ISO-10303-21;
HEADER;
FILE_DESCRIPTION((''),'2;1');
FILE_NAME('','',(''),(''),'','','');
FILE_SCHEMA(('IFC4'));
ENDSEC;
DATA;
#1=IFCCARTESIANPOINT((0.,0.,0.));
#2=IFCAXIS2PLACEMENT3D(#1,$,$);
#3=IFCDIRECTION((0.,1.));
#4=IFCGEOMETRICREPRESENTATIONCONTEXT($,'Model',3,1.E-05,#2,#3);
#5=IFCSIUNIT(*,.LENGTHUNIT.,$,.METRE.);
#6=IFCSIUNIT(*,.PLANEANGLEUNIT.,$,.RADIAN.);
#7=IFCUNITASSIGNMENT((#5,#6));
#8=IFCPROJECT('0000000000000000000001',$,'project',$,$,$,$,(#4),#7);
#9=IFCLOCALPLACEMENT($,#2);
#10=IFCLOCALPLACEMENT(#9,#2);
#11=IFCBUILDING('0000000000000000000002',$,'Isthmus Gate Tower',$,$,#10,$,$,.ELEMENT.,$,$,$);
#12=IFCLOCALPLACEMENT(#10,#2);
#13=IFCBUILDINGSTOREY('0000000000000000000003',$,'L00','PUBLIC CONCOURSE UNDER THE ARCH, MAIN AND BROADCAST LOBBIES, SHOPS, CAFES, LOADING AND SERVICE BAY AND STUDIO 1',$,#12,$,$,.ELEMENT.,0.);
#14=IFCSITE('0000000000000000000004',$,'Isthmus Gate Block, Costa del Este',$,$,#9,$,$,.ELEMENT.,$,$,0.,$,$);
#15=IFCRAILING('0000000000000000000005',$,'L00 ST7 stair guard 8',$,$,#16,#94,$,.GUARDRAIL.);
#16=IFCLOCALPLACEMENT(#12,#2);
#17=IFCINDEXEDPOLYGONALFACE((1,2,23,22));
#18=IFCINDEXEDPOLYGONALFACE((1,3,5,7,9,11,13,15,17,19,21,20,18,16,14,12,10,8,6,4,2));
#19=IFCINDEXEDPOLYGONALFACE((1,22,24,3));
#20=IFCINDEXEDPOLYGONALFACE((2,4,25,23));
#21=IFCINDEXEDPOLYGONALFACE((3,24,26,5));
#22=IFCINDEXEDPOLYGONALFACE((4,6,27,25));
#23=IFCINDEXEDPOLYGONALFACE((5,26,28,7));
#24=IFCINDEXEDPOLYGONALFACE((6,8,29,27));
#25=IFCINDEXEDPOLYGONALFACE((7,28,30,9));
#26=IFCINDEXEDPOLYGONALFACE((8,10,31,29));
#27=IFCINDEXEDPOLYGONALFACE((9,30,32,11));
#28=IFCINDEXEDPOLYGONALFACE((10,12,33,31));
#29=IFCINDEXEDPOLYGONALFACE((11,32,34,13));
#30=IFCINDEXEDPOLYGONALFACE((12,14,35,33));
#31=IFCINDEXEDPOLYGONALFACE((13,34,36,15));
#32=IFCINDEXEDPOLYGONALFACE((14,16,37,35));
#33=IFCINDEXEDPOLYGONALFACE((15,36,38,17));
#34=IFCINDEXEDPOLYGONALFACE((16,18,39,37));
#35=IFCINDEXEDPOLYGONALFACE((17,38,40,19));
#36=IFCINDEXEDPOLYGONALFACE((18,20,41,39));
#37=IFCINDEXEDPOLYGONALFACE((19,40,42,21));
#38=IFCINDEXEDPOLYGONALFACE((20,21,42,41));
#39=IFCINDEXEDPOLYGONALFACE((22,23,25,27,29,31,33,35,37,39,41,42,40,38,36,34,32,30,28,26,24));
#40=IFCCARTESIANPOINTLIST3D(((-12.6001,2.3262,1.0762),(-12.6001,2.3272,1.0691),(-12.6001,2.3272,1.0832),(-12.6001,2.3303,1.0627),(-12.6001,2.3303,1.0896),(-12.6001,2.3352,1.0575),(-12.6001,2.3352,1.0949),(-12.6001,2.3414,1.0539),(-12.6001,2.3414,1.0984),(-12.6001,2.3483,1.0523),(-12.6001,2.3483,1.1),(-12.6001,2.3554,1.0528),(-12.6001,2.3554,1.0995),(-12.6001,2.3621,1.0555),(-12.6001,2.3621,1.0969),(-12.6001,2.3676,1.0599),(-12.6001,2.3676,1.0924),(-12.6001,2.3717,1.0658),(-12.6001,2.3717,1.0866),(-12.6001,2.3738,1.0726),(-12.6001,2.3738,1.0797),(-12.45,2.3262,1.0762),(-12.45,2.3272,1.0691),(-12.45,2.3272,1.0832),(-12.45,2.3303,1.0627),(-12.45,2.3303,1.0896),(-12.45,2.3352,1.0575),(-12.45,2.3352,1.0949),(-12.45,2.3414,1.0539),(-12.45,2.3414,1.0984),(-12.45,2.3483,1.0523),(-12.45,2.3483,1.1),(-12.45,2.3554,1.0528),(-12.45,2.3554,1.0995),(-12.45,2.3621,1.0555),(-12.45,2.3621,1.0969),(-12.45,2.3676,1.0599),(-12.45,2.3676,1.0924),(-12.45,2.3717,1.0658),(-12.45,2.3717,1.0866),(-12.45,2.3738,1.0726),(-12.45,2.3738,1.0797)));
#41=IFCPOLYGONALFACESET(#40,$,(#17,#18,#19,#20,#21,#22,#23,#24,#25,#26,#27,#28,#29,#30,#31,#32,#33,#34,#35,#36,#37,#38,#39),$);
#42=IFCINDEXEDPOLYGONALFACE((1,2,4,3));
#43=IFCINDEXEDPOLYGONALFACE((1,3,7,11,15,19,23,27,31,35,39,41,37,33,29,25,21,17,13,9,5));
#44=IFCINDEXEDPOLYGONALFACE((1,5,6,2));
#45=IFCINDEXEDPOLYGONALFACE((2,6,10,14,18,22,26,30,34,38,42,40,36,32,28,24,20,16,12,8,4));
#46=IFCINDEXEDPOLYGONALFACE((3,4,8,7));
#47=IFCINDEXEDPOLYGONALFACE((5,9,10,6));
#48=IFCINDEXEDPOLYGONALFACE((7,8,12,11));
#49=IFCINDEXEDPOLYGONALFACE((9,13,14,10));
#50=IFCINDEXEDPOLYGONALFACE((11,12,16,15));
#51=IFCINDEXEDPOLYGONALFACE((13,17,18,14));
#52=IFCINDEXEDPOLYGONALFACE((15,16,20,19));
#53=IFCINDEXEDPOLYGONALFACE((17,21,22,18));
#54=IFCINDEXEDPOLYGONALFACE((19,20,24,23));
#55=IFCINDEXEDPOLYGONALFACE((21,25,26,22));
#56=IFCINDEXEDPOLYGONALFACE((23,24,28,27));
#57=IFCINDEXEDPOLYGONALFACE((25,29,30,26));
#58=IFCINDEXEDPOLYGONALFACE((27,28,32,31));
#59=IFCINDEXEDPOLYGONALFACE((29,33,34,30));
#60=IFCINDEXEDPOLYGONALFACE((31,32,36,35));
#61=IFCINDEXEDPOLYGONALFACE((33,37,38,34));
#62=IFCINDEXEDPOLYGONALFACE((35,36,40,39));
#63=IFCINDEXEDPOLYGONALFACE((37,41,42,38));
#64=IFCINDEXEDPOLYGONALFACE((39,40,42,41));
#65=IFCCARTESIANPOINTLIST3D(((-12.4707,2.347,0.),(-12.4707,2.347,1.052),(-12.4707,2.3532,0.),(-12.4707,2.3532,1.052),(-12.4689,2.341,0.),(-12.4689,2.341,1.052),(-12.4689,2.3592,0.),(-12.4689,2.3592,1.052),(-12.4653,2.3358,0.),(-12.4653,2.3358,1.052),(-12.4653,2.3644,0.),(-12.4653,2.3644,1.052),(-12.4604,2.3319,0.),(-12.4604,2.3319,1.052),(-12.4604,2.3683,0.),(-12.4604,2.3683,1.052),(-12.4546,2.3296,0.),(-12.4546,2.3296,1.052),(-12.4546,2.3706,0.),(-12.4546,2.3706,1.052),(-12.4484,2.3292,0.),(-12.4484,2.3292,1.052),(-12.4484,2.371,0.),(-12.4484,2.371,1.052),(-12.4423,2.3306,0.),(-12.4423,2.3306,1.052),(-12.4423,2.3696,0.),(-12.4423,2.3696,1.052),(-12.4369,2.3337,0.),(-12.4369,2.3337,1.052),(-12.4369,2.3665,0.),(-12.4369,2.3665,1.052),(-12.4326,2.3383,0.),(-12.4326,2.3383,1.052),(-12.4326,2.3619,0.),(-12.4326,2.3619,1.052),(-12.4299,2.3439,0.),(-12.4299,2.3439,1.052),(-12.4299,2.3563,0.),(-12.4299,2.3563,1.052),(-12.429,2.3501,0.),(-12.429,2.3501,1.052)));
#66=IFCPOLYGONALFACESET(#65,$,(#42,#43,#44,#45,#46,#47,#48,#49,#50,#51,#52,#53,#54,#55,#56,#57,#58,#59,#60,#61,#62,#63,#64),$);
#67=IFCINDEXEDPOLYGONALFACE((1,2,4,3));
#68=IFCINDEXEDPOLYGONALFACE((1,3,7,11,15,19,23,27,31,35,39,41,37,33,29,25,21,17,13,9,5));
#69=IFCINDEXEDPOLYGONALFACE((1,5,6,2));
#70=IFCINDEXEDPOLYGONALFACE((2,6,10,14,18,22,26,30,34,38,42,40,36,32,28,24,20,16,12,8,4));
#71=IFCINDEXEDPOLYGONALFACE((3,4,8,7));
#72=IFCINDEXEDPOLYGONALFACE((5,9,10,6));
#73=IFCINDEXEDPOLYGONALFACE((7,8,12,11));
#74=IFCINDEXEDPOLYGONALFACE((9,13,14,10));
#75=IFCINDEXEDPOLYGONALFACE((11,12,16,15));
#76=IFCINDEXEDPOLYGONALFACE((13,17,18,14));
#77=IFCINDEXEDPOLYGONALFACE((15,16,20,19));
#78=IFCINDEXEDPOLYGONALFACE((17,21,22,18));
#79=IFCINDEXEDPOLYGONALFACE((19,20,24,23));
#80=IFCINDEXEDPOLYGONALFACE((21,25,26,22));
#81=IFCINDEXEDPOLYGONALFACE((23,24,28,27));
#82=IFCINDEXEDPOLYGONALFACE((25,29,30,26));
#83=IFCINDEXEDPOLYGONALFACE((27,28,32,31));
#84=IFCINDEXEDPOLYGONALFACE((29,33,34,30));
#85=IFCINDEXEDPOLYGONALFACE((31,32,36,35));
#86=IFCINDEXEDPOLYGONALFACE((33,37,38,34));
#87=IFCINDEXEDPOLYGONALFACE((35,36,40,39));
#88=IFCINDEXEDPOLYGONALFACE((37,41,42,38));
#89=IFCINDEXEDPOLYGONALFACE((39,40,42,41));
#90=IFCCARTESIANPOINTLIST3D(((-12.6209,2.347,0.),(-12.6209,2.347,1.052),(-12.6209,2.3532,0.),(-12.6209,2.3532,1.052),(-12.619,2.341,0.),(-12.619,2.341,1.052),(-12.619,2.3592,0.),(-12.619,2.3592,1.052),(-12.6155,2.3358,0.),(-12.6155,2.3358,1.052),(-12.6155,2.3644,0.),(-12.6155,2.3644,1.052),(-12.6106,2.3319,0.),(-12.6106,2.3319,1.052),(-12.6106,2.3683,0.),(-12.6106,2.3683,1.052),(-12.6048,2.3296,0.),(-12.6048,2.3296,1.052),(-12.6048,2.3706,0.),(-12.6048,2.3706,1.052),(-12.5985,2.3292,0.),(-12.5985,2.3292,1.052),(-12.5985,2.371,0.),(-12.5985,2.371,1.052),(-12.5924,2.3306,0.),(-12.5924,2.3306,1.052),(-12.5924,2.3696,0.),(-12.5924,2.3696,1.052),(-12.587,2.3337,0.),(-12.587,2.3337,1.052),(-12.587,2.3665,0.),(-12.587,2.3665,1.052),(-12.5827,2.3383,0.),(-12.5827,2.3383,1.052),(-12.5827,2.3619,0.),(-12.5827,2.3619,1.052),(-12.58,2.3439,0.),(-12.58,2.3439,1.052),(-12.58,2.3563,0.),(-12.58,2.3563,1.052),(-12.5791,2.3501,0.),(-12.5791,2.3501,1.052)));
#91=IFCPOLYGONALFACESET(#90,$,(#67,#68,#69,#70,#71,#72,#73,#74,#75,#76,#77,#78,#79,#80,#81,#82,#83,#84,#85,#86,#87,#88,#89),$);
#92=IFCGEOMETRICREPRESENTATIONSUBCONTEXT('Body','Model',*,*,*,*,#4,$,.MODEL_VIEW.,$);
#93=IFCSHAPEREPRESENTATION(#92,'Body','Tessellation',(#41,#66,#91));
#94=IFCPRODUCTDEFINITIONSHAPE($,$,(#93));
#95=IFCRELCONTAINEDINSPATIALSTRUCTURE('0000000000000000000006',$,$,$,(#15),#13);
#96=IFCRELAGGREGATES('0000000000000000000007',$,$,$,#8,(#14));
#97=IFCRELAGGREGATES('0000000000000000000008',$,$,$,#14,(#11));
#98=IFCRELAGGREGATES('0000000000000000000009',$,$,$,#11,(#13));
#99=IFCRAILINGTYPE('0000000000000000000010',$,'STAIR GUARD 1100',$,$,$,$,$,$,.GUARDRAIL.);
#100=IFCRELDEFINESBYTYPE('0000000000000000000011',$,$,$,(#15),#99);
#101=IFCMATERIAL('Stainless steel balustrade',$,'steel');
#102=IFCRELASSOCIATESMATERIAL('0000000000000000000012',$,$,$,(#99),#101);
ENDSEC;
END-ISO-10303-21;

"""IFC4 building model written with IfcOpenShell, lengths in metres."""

from ifc_helpers import new_model, si_unit, direction, frame, origin, origin_2d, place, context, subcontext, project, spatial, circle, extrude, material, type_object, element, save


model = new_model("IFC4")

# Units and contexts
model_context = context("Model", 3, precision=1e-05, world=origin(), true_north=direction((0.0, 1.0)))
body_context = subcontext(model_context, "Body", "Model", "MODEL_VIEW")
ifc_project = project(units=[si_unit("LENGTHUNIT", "METRE"), si_unit("PLANEANGLEUNIT", "RADIAN")], contexts=[model_context])

# Site, building, storey
site_placement = place(None, origin())
site = spatial("IfcSite", under=ifc_project, at=site_placement, Name="Isthmus Gate Block, Costa del Este", CompositionType="ELEMENT", RefElevation=0.0)
building_placement = place(site_placement, origin())
building = spatial("IfcBuilding", under=site, at=building_placement, Name="Isthmus Gate Tower", CompositionType="ELEMENT")
storey_placement = place(building_placement, origin())
storey = spatial("IfcBuildingStorey", under=building, at=storey_placement, Name="L00", Description="PUBLIC CONCOURSE UNDER THE ARCH, MAIN AND BROADCAST LOBBIES, SHOPS, CAFES, LOADING AND SERVICE BAY AND STUDIO 1", CompositionType="ELEMENT", Elevation=0.0)

# Railing
ifc_material_1 = material(Name="Stainless steel balustrade", Category="steel")
railing_type_1 = type_object("IfcRailingType", Name="STAIR GUARD 1100", PredefinedType="GUARDRAIL", material=ifc_material_1)
railing_1_placement = place(storey_placement, frame((-12.45, 2.3501, 0.0)))
element("IfcRailing", 1, at=railing_1_placement, inside=storey, type_object=railing_type_1, Name="L00 ST7 stair guard 8", PredefinedType="GUARDRAIL", context=body_context, shape_type="SweptSolid", body=[
    extrude(circle(Radius=0.0239, at=origin_2d()), frame((0.0, 0.0, 1.0762), z_axis=(-1.0, 0.0, 0.0), x_axis=(0.0, -1.0, 0.0)), (0.0, 0.0, 1.0), 0.1501),
    extrude(circle(Radius=0.021, at=origin_2d()), origin(), (0.0, 0.0, 1.0), 1.052),
    extrude(circle(Radius=0.021, at=origin_2d()), frame((-0.1501, 0.0, 0.0)), (0.0, 0.0, 1.0), 1.052),
])

save(model, "model.ifc")
